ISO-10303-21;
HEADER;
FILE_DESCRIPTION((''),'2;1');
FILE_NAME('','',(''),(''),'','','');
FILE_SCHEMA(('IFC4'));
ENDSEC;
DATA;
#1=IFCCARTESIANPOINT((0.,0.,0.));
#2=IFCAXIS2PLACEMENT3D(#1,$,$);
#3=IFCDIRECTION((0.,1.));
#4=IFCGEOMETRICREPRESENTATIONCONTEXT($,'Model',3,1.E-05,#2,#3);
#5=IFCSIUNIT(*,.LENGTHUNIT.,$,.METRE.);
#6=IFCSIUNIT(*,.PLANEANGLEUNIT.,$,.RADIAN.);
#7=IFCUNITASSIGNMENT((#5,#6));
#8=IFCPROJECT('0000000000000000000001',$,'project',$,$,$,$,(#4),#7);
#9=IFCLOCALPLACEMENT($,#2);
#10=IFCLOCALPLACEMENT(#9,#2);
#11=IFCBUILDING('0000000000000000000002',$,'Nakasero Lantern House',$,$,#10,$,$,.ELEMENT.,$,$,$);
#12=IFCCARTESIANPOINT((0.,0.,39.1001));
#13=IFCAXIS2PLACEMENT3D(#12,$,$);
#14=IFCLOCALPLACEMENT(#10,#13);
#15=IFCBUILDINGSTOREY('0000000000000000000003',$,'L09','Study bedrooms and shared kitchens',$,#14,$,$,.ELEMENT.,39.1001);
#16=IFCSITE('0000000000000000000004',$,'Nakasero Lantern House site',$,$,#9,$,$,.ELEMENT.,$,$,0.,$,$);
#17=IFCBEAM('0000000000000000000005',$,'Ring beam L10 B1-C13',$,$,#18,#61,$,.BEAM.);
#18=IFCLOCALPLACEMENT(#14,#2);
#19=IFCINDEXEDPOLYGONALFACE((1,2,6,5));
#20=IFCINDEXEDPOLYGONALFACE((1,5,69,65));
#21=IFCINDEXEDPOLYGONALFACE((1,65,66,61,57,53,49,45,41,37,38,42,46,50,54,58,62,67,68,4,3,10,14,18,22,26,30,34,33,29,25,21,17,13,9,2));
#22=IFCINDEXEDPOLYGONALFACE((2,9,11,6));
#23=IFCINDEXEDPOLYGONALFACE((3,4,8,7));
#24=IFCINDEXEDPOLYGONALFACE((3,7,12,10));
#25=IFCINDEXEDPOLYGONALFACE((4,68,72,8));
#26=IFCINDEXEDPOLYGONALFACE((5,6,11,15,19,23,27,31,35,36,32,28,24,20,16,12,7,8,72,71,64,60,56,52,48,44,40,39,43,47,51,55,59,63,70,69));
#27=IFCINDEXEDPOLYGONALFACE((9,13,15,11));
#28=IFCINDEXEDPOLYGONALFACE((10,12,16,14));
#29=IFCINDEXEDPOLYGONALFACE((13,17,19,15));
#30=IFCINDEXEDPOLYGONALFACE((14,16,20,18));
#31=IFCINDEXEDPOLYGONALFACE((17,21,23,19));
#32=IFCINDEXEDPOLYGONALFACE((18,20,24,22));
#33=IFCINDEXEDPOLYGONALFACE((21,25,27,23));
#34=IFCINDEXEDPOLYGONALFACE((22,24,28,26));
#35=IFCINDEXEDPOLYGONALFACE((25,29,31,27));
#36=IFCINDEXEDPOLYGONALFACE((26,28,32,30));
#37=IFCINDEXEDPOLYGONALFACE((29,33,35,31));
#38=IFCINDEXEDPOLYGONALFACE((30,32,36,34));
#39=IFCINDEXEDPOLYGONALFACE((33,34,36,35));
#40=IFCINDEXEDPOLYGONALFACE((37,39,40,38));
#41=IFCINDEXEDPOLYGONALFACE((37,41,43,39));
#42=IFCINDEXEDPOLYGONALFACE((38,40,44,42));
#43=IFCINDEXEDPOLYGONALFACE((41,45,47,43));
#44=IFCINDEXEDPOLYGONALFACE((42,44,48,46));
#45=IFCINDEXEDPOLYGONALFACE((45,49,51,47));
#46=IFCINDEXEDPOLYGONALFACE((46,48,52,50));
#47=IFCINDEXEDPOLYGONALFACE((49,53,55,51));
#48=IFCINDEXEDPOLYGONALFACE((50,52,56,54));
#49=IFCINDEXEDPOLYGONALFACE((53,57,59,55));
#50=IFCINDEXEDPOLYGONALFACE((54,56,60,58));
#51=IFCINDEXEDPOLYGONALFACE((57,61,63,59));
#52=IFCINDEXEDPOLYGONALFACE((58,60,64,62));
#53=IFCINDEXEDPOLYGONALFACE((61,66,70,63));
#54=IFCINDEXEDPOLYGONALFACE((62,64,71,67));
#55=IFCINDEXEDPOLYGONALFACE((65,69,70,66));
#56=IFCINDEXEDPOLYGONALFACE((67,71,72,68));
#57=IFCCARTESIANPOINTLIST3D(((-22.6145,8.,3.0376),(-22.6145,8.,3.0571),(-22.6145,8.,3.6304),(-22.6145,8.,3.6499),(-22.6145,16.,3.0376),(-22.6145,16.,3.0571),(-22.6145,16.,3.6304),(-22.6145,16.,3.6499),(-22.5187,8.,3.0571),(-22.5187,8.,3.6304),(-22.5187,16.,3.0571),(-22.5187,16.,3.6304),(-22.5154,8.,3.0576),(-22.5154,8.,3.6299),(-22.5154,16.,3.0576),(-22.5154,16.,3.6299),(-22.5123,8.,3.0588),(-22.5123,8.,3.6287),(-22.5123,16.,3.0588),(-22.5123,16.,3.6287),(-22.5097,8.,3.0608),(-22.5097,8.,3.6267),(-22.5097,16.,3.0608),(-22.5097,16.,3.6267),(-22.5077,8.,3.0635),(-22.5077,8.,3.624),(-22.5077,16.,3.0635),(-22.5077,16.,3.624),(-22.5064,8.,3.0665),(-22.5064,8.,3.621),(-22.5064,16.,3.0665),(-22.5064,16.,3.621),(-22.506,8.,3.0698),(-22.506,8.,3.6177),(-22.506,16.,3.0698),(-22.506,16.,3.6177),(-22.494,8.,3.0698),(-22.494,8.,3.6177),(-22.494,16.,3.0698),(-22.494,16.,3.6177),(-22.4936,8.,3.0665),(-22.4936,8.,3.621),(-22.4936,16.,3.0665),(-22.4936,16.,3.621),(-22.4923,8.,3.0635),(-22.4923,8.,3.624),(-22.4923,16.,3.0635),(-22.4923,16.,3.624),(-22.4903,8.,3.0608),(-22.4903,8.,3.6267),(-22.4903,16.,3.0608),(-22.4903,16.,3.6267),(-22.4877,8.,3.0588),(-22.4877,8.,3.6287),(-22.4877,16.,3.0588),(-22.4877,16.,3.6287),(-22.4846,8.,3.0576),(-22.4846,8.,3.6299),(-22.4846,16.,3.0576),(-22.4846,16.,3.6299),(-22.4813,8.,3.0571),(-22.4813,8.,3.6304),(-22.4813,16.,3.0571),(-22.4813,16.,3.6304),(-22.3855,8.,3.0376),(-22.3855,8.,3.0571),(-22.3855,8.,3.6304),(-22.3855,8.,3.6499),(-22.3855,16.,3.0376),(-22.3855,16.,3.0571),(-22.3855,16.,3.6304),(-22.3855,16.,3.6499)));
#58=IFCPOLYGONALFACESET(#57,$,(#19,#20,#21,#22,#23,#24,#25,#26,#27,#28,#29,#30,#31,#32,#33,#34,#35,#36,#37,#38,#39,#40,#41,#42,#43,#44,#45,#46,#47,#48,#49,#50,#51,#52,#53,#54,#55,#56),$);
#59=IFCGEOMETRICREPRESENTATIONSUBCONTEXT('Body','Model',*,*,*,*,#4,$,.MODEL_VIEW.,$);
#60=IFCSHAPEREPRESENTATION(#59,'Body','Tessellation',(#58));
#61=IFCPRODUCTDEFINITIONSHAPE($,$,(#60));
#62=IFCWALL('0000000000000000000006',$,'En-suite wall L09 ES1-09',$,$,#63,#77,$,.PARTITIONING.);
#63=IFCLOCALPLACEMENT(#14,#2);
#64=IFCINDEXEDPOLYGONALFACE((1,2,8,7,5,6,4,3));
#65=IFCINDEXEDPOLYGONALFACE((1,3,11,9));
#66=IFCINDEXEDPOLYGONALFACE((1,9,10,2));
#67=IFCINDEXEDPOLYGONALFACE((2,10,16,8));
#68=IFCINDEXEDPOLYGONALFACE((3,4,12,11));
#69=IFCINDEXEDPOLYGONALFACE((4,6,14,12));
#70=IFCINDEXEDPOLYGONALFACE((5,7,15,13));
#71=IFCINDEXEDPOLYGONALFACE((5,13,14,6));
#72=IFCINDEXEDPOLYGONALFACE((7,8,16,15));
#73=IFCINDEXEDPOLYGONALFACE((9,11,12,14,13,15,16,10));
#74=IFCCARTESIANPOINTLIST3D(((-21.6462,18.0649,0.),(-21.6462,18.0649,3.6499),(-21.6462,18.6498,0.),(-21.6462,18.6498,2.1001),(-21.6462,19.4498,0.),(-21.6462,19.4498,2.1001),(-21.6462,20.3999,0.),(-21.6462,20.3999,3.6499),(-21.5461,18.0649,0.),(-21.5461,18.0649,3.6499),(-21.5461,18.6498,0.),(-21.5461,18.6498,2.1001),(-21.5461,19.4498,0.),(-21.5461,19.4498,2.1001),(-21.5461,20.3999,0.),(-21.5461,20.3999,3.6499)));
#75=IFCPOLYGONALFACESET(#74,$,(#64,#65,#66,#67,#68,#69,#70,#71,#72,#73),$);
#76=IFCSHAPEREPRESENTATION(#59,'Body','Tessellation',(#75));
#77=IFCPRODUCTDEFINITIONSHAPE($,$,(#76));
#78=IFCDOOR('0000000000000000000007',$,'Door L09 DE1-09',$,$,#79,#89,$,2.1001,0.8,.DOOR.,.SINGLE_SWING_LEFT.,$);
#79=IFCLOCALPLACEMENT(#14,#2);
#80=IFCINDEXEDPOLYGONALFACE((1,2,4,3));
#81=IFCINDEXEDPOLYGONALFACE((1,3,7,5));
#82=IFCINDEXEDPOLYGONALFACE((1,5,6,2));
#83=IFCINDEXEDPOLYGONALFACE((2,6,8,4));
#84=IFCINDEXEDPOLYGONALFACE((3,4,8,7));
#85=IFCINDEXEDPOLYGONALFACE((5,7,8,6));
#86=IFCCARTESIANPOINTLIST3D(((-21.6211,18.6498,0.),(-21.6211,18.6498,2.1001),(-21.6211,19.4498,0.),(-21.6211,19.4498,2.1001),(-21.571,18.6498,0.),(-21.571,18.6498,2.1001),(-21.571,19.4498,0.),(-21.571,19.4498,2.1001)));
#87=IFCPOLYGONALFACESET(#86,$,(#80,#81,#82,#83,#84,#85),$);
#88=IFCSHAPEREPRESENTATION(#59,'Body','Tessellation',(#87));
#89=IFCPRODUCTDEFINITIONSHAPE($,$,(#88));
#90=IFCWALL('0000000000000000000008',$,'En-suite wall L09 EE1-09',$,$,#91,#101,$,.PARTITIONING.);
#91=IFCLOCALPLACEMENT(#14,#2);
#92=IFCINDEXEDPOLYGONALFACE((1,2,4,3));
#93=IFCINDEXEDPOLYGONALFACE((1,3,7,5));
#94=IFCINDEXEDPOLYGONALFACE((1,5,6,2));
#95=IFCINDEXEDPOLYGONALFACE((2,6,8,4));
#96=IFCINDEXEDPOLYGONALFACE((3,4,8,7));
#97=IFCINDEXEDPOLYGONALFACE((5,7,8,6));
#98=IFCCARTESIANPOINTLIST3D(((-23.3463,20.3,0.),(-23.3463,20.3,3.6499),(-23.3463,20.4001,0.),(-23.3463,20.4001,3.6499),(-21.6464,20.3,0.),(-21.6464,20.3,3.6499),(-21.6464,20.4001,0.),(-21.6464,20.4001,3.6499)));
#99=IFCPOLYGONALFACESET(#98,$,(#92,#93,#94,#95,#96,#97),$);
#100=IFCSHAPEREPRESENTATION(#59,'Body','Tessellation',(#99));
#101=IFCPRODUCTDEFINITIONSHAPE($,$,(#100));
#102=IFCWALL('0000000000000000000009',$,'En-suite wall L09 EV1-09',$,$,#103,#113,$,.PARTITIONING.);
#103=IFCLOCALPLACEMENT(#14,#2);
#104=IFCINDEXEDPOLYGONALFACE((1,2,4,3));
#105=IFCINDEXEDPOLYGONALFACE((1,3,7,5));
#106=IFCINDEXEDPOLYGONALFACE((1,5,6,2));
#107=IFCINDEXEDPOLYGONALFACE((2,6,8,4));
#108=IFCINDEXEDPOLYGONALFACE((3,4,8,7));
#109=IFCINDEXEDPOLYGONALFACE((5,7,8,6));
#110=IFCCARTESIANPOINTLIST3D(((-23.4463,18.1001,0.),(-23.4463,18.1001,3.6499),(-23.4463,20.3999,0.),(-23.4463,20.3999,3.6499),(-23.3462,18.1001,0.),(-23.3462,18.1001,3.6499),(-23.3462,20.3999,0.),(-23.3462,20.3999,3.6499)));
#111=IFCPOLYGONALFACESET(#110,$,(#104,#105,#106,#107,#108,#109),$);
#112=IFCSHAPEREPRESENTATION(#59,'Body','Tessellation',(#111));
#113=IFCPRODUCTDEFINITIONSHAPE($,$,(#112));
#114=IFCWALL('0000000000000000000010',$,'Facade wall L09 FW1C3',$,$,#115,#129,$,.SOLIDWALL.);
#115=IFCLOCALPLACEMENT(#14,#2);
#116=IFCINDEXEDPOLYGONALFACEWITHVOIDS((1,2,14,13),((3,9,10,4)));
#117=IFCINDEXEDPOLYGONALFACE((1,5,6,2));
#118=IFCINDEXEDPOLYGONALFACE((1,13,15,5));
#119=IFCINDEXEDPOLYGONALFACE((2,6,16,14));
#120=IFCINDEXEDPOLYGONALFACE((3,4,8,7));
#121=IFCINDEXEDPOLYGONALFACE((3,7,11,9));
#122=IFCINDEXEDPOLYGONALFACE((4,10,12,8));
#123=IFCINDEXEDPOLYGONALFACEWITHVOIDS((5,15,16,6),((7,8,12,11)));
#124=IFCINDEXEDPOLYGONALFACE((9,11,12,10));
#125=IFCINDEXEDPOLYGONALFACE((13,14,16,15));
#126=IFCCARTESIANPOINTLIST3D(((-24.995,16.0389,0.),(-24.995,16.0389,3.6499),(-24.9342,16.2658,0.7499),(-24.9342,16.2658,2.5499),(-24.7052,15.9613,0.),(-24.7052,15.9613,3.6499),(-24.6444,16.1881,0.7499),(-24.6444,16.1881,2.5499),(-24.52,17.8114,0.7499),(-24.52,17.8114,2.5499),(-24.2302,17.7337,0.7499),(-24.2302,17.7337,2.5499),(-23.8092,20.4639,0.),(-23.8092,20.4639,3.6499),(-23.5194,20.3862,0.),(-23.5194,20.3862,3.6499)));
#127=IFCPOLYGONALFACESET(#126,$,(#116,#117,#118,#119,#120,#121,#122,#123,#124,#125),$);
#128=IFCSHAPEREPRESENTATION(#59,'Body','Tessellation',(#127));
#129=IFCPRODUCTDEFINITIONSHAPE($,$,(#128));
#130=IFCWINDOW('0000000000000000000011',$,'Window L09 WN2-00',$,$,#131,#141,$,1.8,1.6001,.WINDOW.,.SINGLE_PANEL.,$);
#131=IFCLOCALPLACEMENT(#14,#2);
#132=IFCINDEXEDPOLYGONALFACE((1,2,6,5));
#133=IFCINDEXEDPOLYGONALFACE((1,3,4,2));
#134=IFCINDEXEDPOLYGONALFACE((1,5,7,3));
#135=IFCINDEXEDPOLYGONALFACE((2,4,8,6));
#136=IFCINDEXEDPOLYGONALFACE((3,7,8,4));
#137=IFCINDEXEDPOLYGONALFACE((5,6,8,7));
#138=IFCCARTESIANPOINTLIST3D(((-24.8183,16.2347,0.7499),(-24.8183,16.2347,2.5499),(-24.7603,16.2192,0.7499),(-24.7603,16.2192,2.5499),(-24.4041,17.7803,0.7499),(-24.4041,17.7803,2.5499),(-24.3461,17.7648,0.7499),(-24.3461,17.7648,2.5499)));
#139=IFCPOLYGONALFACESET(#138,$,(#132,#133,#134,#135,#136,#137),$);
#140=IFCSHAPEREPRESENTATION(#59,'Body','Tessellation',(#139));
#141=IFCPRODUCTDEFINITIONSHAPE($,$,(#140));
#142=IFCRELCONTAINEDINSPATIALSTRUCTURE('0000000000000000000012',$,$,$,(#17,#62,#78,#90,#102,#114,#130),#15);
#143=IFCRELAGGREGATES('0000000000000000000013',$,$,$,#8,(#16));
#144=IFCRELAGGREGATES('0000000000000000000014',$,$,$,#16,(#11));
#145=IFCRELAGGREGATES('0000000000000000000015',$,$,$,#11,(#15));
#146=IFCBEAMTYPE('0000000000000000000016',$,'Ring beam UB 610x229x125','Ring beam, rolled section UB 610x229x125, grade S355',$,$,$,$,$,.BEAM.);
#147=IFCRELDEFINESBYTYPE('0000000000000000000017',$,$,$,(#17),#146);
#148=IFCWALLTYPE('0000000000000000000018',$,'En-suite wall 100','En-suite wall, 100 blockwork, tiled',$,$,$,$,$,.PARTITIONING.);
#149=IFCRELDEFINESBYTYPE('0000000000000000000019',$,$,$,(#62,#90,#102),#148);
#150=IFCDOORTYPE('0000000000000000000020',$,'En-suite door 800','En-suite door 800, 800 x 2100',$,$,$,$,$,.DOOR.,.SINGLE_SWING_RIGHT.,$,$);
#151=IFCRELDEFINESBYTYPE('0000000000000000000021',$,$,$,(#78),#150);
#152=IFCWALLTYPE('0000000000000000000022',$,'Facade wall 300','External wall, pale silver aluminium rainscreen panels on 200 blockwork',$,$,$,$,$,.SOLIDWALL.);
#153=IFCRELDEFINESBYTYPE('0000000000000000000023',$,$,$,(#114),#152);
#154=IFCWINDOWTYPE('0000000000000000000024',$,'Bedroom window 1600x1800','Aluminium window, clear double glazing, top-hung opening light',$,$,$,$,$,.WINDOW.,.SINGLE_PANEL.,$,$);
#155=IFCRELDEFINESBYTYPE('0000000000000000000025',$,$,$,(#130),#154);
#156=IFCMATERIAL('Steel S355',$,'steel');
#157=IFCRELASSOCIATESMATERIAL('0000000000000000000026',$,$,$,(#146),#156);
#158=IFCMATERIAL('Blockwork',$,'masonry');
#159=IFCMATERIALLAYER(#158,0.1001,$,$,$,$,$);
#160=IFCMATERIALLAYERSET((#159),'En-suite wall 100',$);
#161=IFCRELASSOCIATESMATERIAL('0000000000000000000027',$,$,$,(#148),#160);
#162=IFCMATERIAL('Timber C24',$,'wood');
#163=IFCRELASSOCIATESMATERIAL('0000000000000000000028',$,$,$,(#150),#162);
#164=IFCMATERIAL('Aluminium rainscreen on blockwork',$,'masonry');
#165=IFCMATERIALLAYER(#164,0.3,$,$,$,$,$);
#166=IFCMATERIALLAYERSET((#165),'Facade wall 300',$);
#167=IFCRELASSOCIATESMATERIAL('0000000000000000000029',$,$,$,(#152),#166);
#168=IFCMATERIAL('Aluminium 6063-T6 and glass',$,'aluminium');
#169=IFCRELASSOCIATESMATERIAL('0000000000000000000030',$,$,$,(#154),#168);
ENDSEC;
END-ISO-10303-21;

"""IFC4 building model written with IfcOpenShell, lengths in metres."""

from ifc_helpers import new_model, si_unit, direction, frame, frame_2d, origin, origin_2d, place, context, subcontext, project, spatial, rectangle, i_section, extrude, material, layer, layer_set, material_profile, profile_set, type_object, element, fill, save


model = new_model("IFC4")

# Units and contexts
model_context = context("Model", 3, precision=1e-05, world=origin(), true_north=direction((0.0, 1.0)))
body_context = subcontext(model_context, "Body", "Model", "MODEL_VIEW")
ifc_project = project(units=[si_unit("LENGTHUNIT", "METRE"), si_unit("PLANEANGLEUNIT", "RADIAN")], contexts=[model_context])

# Site, building, storey
site_placement = place(None, origin())
site = spatial("IfcSite", under=ifc_project, at=site_placement, Name="Nakasero Lantern House site", CompositionType="ELEMENT", RefElevation=0.0)
building_placement = place(site_placement, origin())
building = spatial("IfcBuilding", under=site, at=building_placement, Name="Nakasero Lantern House", CompositionType="ELEMENT")
storey_placement = place(building_placement, frame((0.0, 0.0, 39.1001)))
storey = spatial("IfcBuildingStorey", under=building, at=storey_placement, Name="L09", Description="Study bedrooms and shared kitchens", CompositionType="ELEMENT", Elevation=39.1001)

# Beam
ifc_material_1 = material(Name="Steel S355", Category="steel")
ifc_material_profile_1 = material_profile(ifc_material_1, i_section(OverallWidth=0.229, OverallDepth=0.6123, WebThickness=0.012, FlangeThickness=0.0195, FilletRadius=0.0127, at=origin_2d()), Name="UB 610x229x125")
ifc_profile_set_1 = profile_set([ifc_material_profile_1], Name="Steel S355")
beam_type_1 = type_object("IfcBeamType", Name="Ring beam UB 610x229x125", Description="Ring beam, rolled section UB 610x229x125, grade S355", PredefinedType="BEAM", material=ifc_profile_set_1)
beam_1_placement = place(storey_placement, frame((-22.5, 16.0, 3.3438), z_axis=(0.0, -1.0, 0.0), x_axis=(1.0, 0.0, 0.0)))
element("IfcBeam", 1, at=beam_1_placement, inside=storey, type_object=beam_type_1, Name="Ring beam L10 B1-C13", PredefinedType="BEAM", context=body_context, shape_type="SweptSolid", body=[
    extrude(i_section(OverallWidth=0.229, OverallDepth=0.6123, WebThickness=0.012, FlangeThickness=0.0195, FilletRadius=0.0127, at=origin_2d()), origin(), (0.0, 0.0, 1.0), 8.0),
])

# Wall, opening, door
ifc_material_2 = material(Name="Blockwork", Category="masonry")
ifc_layer_1 = layer(ifc_material_2, 0.1001)
ifc_layer_set_1 = layer_set([ifc_layer_1], Name="En-suite wall 100")
wall_type_1 = type_object("IfcWallType", Name="En-suite wall 100", Description="En-suite wall, 100 blockwork, tiled", PredefinedType="PARTITIONING", material=ifc_layer_set_1)
wall_1_placement = place(storey_placement, frame((-21.5962, 18.0649, 0.0), z_axis=(0.0, 0.0, 1.0), x_axis=(0.0, 1.0, 0.0)))
wall_1 = element("IfcWall", 2, at=wall_1_placement, inside=storey, type_object=wall_type_1, Name="En-suite wall L09 ES1-09", PredefinedType="PARTITIONING", context=body_context, shape_type="SweptSolid", body=[
    extrude(rectangle(XDim=2.335, YDim=0.1001, at=frame_2d((1.1675, 0.0))), origin(), (0.0, 0.0, 1.0), 3.6499),
])
opening_1_placement = place(wall_1_placement, frame((0.585, 0.0, 0.0)))
opening_1 = element("IfcOpeningElement", 3, at=opening_1_placement, cuts=wall_1, PredefinedType="OPENING", context=body_context, shape_type="SweptSolid", body=[
    extrude(rectangle(XDim=0.8, YDim=2.1001, at=frame_2d((0.3999, 1.05))), frame((0.0, 0.0701, 0.0), z_axis=(0.0, -1.0, 0.0), x_axis=(1.0, 0.0, 0.0)), (0.0, 0.0, 1.0), 0.1401),
])
ifc_material_3 = material(Name="Timber C24", Category="wood")
door_type_1 = type_object("IfcDoorType", Name="En-suite door 800", Description="En-suite door 800, 800 x 2100", OperationType="SINGLE_SWING_RIGHT", PredefinedType="DOOR", material=ifc_material_3)
door_1_placement = place(opening_1_placement, origin())
door_1 = element("IfcDoor", 4, at=door_1_placement, inside=storey, type_object=door_type_1, Name="Door L09 DE1-09", OperationType="SINGLE_SWING_LEFT", OverallHeight=2.1001, OverallWidth=0.8, PredefinedType="DOOR", context=body_context, shape_type="SweptSolid", body=[
    extrude(rectangle(XDim=0.8, YDim=2.1001, at=frame_2d((0.3999, 1.05))), frame((0.0, 0.0249, 0.0), z_axis=(0.0, -1.0, 0.0), x_axis=(1.0, 0.0, 0.0)), (0.0, 0.0, 1.0), 0.05),
])
fill(opening_1, door_1)

# Walls
wall_2_placement = place(storey_placement, frame((-21.6462, 20.3501, 0.0), z_axis=(0.0, 0.0, 1.0), x_axis=(-1.0, 0.0, 0.0)))
element("IfcWall", 5, at=wall_2_placement, inside=storey, type_object=wall_type_1, Name="En-suite wall L09 EE1-09", PredefinedType="PARTITIONING", context=body_context, shape_type="SweptSolid", body=[
    extrude(rectangle(XDim=1.7, YDim=0.1001, at=frame_2d((0.8501, 0.0))), origin(), (0.0, 0.0, 1.0), 3.6499),
])
wall_3_placement = place(storey_placement, frame((-23.3962, 18.1001, 0.0), z_axis=(0.0, 0.0, 1.0), x_axis=(0.0, 1.0, 0.0)))
element("IfcWall", 6, at=wall_3_placement, inside=storey, type_object=wall_type_1, Name="En-suite wall L09 EV1-09", PredefinedType="PARTITIONING", context=body_context, shape_type="SweptSolid", body=[
    extrude(rectangle(XDim=2.2998, YDim=0.1001, at=frame_2d((1.1499, 0.0))), origin(), (0.0, 0.0, 1.0), 3.6499),
])

# Wall, opening, window
ifc_material_4 = material(Name="Aluminium rainscreen on blockwork", Category="masonry")
ifc_layer_2 = layer(ifc_material_4, 0.3)
ifc_layer_set_2 = layer_set([ifc_layer_2], Name="Facade wall 300")
wall_type_2 = type_object("IfcWallType", Name="Facade wall 300", Description="External wall, pale silver aluminium rainscreen panels on 200 blockwork", PredefinedType="SOLIDWALL", material=ifc_layer_set_2)
wall_4_placement = place(storey_placement, frame((-23.6643, 20.425, 0.0), z_axis=(0.0, 0.0, 1.0), x_axis=(-0.25884, -0.96592, 0.0)))
wall_4 = element("IfcWall", 7, at=wall_4_placement, inside=storey, type_object=wall_type_2, Name="Facade wall L09 FW1C3", PredefinedType="SOLIDWALL", context=body_context, shape_type="SweptSolid", body=[
    extrude(rectangle(XDim=4.5811, YDim=0.3, at=frame_2d((2.2905, 0.0))), origin(), (0.0, 0.0, 1.0), 3.6499),
])
opening_2_placement = place(wall_4_placement, frame((2.7461, 0.0, 0.75)))
opening_2 = element("IfcOpeningElement", 8, at=opening_2_placement, cuts=wall_4, PredefinedType="OPENING", context=body_context, shape_type="SweptSolid", body=[
    extrude(rectangle(XDim=1.6001, YDim=1.8, at=frame_2d((0.8, 0.8999))), frame((0.0, 0.1699, 0.0), z_axis=(0.0, -1.0, 0.0), x_axis=(1.0, 0.0, 0.0)), (0.0, 0.0, 1.0), 0.3401),
])
ifc_material_5 = material(Name="Aluminium 6063-T6 and glass", Category="aluminium")
window_type_1 = type_object("IfcWindowType", Name="Bedroom window 1600x1800", Description="Aluminium window, clear double glazing, top-hung opening light", PartitioningType="SINGLE_PANEL", PredefinedType="WINDOW", material=ifc_material_5)
window_1_placement = place(opening_2_placement, origin())
window_1 = element("IfcWindow", 9, at=window_1_placement, inside=storey, type_object=window_type_1, Name="Window L09 WN2-00", OverallHeight=1.8, OverallWidth=1.6001, PartitioningType="SINGLE_PANEL", PredefinedType="WINDOW", context=body_context, shape_type="SweptSolid", body=[
    extrude(rectangle(XDim=1.6001, YDim=1.8, at=frame_2d((0.8, 0.8999))), frame((0.0, 0.03, 0.0), z_axis=(0.0, -1.0, 0.0), x_axis=(1.0, 0.0, 0.0)), (0.0, 0.0, 1.0), 0.0601),
])
fill(opening_2, window_1)

save(model, "model.ifc")
